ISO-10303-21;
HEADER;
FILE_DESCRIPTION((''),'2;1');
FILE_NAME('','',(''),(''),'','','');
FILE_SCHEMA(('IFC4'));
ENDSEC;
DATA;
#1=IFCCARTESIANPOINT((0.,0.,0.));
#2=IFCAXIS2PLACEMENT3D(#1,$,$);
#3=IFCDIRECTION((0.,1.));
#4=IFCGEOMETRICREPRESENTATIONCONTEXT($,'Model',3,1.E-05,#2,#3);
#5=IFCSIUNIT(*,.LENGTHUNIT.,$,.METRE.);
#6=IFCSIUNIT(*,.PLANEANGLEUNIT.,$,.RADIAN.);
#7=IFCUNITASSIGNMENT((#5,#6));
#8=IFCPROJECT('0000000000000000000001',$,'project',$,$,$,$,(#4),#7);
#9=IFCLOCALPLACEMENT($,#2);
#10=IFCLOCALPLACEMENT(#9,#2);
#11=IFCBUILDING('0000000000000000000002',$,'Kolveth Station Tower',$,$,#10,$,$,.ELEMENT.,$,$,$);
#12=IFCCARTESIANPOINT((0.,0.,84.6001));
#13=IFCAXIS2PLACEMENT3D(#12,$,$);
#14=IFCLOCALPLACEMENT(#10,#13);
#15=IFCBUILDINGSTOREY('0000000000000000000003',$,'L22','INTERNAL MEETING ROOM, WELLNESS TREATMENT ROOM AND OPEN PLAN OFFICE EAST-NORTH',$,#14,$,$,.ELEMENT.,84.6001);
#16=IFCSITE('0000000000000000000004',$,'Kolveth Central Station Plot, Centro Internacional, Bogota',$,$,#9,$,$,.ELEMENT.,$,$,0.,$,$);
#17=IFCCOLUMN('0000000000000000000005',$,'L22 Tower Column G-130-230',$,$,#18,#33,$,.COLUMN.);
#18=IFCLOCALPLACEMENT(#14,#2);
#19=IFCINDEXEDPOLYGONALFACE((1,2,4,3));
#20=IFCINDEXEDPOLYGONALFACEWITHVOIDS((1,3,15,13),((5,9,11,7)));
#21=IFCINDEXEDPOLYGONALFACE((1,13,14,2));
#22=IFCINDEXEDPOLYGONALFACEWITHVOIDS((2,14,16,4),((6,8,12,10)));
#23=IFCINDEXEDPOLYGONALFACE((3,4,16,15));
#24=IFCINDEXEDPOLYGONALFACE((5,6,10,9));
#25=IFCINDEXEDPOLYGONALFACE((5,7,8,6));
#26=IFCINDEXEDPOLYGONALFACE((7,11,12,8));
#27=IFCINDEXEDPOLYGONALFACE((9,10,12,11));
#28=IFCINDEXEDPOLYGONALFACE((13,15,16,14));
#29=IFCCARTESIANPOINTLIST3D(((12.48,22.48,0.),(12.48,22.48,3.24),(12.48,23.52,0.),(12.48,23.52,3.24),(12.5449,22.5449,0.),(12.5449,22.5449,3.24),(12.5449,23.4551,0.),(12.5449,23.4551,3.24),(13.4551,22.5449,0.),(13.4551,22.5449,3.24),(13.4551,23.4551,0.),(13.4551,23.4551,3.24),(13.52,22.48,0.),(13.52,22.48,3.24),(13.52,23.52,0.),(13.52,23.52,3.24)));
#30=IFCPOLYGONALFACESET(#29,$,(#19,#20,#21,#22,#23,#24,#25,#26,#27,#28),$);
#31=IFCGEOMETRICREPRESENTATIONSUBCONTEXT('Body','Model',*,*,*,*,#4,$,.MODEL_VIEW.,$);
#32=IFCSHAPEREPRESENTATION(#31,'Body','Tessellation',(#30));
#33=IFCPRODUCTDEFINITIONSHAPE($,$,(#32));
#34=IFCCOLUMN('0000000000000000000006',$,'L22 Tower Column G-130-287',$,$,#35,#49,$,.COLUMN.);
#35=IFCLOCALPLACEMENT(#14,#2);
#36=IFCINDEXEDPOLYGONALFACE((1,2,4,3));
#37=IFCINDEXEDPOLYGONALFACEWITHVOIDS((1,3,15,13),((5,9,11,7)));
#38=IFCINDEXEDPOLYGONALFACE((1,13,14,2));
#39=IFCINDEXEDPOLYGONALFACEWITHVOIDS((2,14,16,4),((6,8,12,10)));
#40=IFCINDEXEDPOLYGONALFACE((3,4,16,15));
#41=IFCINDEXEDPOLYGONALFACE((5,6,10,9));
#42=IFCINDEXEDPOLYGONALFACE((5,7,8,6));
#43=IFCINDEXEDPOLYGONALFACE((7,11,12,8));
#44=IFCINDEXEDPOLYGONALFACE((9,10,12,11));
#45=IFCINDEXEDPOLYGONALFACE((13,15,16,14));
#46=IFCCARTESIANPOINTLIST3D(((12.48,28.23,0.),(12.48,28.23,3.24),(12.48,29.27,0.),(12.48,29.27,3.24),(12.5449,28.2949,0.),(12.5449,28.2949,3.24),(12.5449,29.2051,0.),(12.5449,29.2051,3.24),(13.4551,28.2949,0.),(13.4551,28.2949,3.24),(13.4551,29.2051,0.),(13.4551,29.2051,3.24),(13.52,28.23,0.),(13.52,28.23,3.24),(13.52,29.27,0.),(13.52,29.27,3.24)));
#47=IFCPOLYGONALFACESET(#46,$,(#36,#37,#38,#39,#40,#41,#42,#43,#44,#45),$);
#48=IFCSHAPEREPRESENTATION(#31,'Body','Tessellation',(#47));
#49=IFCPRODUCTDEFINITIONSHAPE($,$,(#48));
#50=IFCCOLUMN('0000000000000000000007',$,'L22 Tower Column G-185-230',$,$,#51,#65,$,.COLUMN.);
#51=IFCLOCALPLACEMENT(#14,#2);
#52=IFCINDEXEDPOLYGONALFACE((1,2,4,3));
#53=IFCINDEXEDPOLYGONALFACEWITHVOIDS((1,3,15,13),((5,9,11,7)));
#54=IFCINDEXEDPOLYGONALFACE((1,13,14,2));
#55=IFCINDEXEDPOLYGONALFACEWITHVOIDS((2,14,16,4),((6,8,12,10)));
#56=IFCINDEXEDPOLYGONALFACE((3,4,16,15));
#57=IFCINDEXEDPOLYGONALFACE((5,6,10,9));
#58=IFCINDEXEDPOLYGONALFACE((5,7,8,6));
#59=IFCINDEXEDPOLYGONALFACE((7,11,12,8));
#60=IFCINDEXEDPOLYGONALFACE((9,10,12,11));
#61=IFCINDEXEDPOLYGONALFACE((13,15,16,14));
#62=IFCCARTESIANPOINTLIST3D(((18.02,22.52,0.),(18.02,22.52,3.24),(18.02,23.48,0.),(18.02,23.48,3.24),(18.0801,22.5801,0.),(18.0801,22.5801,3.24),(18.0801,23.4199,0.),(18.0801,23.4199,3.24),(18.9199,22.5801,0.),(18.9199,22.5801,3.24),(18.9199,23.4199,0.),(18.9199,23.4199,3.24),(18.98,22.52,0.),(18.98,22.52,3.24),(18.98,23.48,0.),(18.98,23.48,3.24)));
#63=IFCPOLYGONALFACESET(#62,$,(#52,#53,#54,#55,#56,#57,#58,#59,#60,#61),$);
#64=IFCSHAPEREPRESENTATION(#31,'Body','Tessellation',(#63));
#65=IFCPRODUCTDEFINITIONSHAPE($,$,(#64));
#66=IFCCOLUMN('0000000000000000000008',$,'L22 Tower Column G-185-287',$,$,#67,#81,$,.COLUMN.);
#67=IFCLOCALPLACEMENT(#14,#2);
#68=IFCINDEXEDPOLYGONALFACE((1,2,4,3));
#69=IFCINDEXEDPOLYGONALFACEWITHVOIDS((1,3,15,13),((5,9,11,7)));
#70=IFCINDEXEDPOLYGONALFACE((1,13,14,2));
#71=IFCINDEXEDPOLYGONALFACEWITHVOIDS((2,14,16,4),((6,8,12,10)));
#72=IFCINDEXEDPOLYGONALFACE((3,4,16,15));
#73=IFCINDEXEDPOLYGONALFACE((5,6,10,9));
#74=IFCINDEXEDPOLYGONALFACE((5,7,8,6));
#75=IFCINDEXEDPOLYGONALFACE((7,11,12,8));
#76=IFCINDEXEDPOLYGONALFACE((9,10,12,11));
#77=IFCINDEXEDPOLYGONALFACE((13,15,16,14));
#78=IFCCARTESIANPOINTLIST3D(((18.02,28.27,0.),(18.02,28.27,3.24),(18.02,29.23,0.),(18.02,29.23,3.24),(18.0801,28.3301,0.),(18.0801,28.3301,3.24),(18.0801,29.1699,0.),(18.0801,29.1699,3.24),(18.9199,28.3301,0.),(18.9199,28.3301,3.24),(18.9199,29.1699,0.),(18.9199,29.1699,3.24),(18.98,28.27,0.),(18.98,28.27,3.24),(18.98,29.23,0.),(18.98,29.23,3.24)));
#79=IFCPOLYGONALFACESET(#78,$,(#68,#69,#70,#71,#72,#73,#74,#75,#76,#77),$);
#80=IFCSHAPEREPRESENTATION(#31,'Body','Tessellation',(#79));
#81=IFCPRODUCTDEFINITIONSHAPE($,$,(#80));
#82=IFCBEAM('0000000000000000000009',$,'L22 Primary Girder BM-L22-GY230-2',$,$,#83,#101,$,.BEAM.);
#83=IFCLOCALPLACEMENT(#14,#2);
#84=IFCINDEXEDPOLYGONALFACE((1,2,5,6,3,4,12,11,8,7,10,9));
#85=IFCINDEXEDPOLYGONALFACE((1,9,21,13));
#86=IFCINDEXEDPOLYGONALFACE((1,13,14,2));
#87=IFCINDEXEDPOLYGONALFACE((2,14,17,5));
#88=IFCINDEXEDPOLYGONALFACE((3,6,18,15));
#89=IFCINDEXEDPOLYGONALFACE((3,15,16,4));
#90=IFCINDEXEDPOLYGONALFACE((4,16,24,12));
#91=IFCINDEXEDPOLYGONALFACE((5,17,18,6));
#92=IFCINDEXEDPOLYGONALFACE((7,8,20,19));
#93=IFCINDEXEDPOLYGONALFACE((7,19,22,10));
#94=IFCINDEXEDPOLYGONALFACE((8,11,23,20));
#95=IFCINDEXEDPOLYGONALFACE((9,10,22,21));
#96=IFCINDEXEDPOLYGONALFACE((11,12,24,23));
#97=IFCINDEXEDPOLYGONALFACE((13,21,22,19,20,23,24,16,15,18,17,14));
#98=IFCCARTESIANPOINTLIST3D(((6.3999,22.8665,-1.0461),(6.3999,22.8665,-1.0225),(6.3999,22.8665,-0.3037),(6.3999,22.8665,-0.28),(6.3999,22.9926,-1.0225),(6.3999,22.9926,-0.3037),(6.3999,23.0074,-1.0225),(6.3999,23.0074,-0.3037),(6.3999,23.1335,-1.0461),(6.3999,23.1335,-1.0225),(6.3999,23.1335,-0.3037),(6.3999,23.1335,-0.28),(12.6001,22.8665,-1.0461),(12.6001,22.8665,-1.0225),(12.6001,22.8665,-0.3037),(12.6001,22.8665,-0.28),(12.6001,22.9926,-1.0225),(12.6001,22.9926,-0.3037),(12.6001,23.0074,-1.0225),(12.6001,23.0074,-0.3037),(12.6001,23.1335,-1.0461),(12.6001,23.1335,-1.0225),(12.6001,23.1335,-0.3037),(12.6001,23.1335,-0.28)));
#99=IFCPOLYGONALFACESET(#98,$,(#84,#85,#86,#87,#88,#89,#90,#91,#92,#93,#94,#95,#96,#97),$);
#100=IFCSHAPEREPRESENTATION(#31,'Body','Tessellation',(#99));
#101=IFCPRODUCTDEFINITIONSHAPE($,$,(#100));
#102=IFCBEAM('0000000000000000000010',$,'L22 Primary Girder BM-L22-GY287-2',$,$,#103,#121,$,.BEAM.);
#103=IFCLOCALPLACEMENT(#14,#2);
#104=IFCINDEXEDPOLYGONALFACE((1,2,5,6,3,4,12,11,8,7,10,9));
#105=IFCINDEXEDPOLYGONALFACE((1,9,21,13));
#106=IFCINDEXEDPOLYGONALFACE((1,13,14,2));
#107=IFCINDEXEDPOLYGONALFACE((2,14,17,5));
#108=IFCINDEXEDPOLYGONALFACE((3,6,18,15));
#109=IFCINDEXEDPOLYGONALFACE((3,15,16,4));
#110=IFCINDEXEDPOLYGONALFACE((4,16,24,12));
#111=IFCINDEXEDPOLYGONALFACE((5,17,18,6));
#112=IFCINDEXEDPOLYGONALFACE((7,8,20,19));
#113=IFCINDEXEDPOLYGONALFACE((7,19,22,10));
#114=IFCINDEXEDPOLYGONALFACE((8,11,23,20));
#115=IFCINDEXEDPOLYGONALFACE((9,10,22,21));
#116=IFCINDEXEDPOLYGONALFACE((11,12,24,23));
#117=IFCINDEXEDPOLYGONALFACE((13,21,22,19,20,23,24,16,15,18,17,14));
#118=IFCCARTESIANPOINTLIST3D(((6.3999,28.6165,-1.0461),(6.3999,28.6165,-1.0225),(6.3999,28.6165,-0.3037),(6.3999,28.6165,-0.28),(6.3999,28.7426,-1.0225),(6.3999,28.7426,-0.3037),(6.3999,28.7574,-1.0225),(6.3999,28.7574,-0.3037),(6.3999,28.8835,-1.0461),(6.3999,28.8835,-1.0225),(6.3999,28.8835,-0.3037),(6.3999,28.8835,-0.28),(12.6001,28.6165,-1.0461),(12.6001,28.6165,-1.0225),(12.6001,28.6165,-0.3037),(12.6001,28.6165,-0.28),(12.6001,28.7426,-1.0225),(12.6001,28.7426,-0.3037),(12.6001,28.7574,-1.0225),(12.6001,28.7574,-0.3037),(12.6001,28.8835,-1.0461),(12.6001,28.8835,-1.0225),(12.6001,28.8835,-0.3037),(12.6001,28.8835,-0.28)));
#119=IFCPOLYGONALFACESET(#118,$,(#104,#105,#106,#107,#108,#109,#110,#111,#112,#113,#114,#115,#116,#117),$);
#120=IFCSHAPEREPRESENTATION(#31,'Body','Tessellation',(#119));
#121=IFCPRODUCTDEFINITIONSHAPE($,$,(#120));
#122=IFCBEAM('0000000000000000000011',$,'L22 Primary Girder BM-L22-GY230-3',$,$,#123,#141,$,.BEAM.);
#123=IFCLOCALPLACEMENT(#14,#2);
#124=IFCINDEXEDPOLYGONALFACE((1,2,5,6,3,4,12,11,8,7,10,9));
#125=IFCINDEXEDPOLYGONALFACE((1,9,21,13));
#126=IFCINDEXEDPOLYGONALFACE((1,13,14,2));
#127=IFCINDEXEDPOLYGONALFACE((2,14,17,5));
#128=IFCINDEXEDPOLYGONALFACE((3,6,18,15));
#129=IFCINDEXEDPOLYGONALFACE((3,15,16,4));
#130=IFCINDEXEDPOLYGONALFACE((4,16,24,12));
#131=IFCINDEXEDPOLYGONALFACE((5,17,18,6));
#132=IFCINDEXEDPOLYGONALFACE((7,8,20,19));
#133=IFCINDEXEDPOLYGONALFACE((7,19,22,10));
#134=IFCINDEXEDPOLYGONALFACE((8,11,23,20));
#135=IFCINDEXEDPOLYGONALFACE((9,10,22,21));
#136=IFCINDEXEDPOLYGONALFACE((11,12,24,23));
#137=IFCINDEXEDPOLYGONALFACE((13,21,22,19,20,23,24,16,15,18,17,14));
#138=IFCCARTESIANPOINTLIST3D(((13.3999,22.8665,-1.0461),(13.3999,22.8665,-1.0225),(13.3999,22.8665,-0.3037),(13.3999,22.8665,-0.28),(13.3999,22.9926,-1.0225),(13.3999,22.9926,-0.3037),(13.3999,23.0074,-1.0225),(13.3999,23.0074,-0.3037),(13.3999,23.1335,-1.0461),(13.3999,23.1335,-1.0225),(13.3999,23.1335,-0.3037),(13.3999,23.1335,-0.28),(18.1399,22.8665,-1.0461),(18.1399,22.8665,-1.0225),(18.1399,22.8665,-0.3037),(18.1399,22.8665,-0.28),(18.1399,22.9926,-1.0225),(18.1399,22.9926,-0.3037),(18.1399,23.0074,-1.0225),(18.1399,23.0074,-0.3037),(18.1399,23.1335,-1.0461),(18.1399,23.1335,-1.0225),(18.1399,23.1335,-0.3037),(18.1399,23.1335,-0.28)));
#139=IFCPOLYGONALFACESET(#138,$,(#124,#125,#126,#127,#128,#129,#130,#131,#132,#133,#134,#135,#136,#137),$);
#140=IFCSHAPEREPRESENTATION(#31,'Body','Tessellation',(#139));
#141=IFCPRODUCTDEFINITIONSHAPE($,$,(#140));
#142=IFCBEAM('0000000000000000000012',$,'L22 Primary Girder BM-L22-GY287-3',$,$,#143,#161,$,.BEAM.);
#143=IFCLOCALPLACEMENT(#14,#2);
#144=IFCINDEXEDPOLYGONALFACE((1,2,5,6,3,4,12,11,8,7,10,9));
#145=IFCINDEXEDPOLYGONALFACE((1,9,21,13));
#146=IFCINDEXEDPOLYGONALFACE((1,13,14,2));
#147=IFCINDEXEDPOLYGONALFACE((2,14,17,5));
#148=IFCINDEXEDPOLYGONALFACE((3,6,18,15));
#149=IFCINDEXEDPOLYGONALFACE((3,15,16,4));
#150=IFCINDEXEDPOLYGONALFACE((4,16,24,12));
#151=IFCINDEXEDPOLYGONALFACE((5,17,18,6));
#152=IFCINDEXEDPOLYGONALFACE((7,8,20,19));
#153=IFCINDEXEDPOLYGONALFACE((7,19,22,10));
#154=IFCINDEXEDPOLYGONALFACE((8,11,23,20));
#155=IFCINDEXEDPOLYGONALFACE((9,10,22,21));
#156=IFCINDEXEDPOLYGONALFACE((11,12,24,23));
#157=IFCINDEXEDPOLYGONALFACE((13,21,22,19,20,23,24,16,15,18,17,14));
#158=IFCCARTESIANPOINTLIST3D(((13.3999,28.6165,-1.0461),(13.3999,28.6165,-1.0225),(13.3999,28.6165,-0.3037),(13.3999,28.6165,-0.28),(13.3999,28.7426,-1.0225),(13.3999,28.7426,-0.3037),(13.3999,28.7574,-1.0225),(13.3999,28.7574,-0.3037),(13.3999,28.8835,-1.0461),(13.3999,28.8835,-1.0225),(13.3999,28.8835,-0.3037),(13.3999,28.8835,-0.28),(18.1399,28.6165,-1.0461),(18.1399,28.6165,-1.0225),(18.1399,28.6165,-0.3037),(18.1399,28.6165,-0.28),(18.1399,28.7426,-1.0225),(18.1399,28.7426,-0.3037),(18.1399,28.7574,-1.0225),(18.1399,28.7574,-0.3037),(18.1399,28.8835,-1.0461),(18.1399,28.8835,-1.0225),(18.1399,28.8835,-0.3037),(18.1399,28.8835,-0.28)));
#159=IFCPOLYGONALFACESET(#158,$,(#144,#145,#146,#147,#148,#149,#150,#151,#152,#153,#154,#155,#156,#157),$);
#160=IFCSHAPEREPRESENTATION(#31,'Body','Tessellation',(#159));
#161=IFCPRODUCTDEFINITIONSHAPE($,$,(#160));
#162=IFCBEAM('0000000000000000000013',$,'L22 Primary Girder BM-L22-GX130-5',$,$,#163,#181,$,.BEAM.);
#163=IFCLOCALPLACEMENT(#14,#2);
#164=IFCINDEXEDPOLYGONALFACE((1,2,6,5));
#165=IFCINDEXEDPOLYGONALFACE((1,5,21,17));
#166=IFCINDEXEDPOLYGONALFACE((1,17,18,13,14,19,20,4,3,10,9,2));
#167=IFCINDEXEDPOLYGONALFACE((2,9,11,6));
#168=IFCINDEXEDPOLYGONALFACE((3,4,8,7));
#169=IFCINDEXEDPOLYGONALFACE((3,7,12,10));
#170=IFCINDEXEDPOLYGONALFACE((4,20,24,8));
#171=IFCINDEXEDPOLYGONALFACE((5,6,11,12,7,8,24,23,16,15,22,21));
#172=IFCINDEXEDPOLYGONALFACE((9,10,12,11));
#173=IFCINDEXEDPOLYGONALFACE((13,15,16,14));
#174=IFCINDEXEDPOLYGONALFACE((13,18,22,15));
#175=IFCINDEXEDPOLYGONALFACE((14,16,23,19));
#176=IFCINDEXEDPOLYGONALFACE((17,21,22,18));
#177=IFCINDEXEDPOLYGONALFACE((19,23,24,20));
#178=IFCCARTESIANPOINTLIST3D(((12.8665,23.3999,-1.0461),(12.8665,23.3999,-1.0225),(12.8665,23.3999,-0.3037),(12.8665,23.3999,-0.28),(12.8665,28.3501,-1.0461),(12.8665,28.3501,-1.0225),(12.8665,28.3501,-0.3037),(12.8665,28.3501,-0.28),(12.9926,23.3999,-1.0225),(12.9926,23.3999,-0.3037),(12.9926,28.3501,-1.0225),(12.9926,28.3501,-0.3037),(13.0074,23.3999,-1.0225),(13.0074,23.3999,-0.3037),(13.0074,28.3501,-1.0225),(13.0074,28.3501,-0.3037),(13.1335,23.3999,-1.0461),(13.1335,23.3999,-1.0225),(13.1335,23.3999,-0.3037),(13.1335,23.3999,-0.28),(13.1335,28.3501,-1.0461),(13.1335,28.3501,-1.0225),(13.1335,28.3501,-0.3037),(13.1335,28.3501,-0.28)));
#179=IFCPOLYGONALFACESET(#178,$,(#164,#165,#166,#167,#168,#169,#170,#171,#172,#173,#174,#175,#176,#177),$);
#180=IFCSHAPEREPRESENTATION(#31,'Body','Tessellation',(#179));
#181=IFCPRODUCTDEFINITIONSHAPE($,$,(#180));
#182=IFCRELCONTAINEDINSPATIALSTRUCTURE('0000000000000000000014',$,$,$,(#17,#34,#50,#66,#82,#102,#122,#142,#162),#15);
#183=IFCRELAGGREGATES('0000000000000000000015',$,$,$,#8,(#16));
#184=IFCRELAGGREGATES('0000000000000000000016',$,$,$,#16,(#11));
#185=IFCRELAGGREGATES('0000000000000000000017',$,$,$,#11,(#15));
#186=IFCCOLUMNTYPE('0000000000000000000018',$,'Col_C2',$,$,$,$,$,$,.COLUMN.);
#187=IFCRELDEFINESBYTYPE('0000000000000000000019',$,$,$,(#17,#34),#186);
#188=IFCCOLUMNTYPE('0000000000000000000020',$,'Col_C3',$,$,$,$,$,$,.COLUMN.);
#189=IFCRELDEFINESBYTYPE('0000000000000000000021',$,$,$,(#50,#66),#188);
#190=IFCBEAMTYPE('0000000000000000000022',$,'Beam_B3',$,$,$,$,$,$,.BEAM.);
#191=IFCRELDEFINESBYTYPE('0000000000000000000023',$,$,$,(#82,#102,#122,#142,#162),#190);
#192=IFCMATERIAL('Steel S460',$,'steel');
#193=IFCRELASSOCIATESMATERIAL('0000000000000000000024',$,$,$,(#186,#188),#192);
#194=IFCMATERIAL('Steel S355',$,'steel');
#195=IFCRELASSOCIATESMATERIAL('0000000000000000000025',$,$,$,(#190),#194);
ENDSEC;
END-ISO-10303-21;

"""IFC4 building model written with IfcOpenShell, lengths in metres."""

from ifc_helpers import new_model, si_unit, direction, frame, origin, origin_2d, place, context, subcontext, project, spatial, hollow_rectangle, i_section, extrude, source, transform, mapped, material, material_profile, profile_set, type_object, element, save


model = new_model("IFC4")

# Units and contexts
model_context = context("Model", 3, precision=1e-05, world=origin(), true_north=direction((0.0, 1.0)))
body_context = subcontext(model_context, "Body", "Model", "MODEL_VIEW")
ifc_project = project(units=[si_unit("LENGTHUNIT", "METRE"), si_unit("PLANEANGLEUNIT", "RADIAN")], contexts=[model_context])

# Site, building, storey
site_placement = place(None, origin())
site = spatial("IfcSite", under=ifc_project, at=site_placement, Name="Kolveth Central Station Plot, Centro Internacional, Bogota", CompositionType="ELEMENT", RefElevation=0.0)
building_placement = place(site_placement, origin())
building = spatial("IfcBuilding", under=site, at=building_placement, Name="Kolveth Station Tower", CompositionType="ELEMENT")
storey_placement = place(building_placement, frame((0.0, 0.0, 84.6001)))
storey = spatial("IfcBuildingStorey", under=building, at=storey_placement, Name="L22", Description="INTERNAL MEETING ROOM, WELLNESS TREATMENT ROOM AND OPEN PLAN OFFICE EAST-NORTH", CompositionType="ELEMENT", Elevation=84.6001)

# Columns
ifc_material_1 = material(Name="Steel S460", Category="steel")
ifc_material_profile_1 = material_profile(ifc_material_1, hollow_rectangle(XDim=1.04, YDim=1.04, WallThickness=0.0649, at=origin_2d()), Name="BOX1040x1040x65")
ifc_profile_set_1 = profile_set([ifc_material_profile_1], Name="Steel S460")
column_type_1 = type_object("IfcColumnType", Name="Col_C2", PredefinedType="COLUMN", material=ifc_profile_set_1)
shared_shape_1 = source(origin(), body_context, "Body", "SweptSolid", [
    extrude(hollow_rectangle(XDim=1.04, YDim=1.04, WallThickness=0.0649, at=origin_2d()), origin(), (0.0, 0.0, 1.0), 3.24),
])
for number, where, z_axis, x_axis, name in (
    (1, (13.0, 23.0, 0.0), (0.0, 0.0, 1.0), (1.0, 0.0, 0.0), "L22 Tower Column G-130-230"),
    (2, (13.0, 28.75, 0.0), (0.0, 0.0, 1.0), (1.0, 0.0, 0.0), "L22 Tower Column G-130-287"),
):
    element("IfcColumn", number, at=place(storey_placement, frame(where, z_axis=z_axis, x_axis=x_axis)), inside=storey, type_object=column_type_1, Name=name, PredefinedType="COLUMN", context=body_context, shape_type="MappedRepresentation", body=[
        mapped(shared_shape_1, transform((0.0, 0.0, 0.0), x_axis=(1.0, 0.0, 0.0), y_axis=(0.0, 1.0, 0.0), z_axis=(0.0, 0.0, 1.0), scale=1.0)),
    ])
ifc_material_profile_2 = material_profile(ifc_material_1, hollow_rectangle(XDim=0.96, YDim=0.96, WallThickness=0.0601, at=origin_2d()), Name="BOX960x960x60")
ifc_profile_set_2 = profile_set([ifc_material_profile_2], Name="Steel S460")
column_type_2 = type_object("IfcColumnType", Name="Col_C3", PredefinedType="COLUMN", material=ifc_profile_set_2)
shared_shape_2 = source(origin(), body_context, "Body", "SweptSolid", [
    extrude(hollow_rectangle(XDim=0.96, YDim=0.96, WallThickness=0.0601, at=origin_2d()), origin(), (0.0, 0.0, 1.0), 3.24),
])
for number, where, z_axis, x_axis, name in (
    (3, (18.5, 23.0, 0.0), (0.0, 0.0, 1.0), (1.0, 0.0, 0.0), "L22 Tower Column G-185-230"),
    (4, (18.5, 28.75, 0.0), (0.0, 0.0, 1.0), (1.0, 0.0, 0.0), "L22 Tower Column G-185-287"),
):
    element("IfcColumn", number, at=place(storey_placement, frame(where, z_axis=z_axis, x_axis=x_axis)), inside=storey, type_object=column_type_2, Name=name, PredefinedType="COLUMN", context=body_context, shape_type="MappedRepresentation", body=[
        mapped(shared_shape_2, transform((0.0, 0.0, 0.0), x_axis=(1.0, 0.0, 0.0), y_axis=(0.0, 1.0, 0.0), z_axis=(0.0, 0.0, 1.0), scale=1.0)),
    ])

# Beams
ifc_material_2 = material(Name="Steel S355", Category="steel")
ifc_material_profile_3 = material_profile(ifc_material_2, i_section(OverallWidth=0.2671, OverallDepth=0.7661, WebThickness=0.0149, FlangeThickness=0.0237, at=origin_2d()), Name="W760x185")
ifc_profile_set_3 = profile_set([ifc_material_profile_3], Name="Steel S355")
beam_type_1 = type_object("IfcBeamType", Name="Beam_B3", PredefinedType="BEAM", material=ifc_profile_set_3)
shared_shape_3 = source(origin(), body_context, "Body", "SweptSolid", [
    extrude(i_section(OverallWidth=0.2671, OverallDepth=0.7661, WebThickness=0.0149, FlangeThickness=0.0237, at=origin_2d()), origin(), (0.0, 0.0, 1.0), 6.2002),
])
for number, where, z_axis, x_axis, name in (
    (5, (6.3999, 23.0, -0.6631), (1.0, 0.0, 0.0), (0.0, 1.0, 0.0), "L22 Primary Girder BM-L22-GY230-2"),
    (6, (6.3999, 28.75, -0.6631), (1.0, 0.0, 0.0), (0.0, 1.0, 0.0), "L22 Primary Girder BM-L22-GY287-2"),
):
    element("IfcBeam", number, at=place(storey_placement, frame(where, z_axis=z_axis, x_axis=x_axis)), inside=storey, type_object=beam_type_1, Name=name, PredefinedType="BEAM", context=body_context, shape_type="MappedRepresentation", body=[
        mapped(shared_shape_3, transform((0.0, 0.0, 0.0), x_axis=(1.0, 0.0, 0.0), y_axis=(0.0, 1.0, 0.0), z_axis=(0.0, 0.0, 1.0), scale=1.0)),
    ])
shared_shape_4 = source(origin(), body_context, "Body", "SweptSolid", [
    extrude(i_section(OverallWidth=0.2671, OverallDepth=0.7661, WebThickness=0.0149, FlangeThickness=0.0237, at=origin_2d()), origin(), (0.0, 0.0, 1.0), 4.74),
])
for number, where, z_axis, x_axis, name in (
    (7, (13.3999, 23.0, -0.6631), (1.0, 0.0, 0.0), (0.0, 1.0, 0.0), "L22 Primary Girder BM-L22-GY230-3"),
    (8, (13.3999, 28.75, -0.6631), (1.0, 0.0, 0.0), (0.0, 1.0, 0.0), "L22 Primary Girder BM-L22-GY287-3"),
):
    element("IfcBeam", number, at=place(storey_placement, frame(where, z_axis=z_axis, x_axis=x_axis)), inside=storey, type_object=beam_type_1, Name=name, PredefinedType="BEAM", context=body_context, shape_type="MappedRepresentation", body=[
        mapped(shared_shape_4, transform((0.0, 0.0, 0.0), x_axis=(1.0, 0.0, 0.0), y_axis=(0.0, 1.0, 0.0), z_axis=(0.0, 0.0, 1.0), scale=1.0)),
    ])
shared_shape_5 = source(origin(), body_context, "Body", "SweptSolid", [
    extrude(i_section(OverallWidth=0.2671, OverallDepth=0.7661, WebThickness=0.0149, FlangeThickness=0.0237, at=origin_2d()), origin(), (0.0, 0.0, 1.0), 4.9502),
])
for number, where, z_axis, x_axis, name in (
    (9, (13.0, 23.3999, -0.6631), (0.0, 1.0, 0.0), (-1.0, 0.0, 0.0), "L22 Primary Girder BM-L22-GX130-5"),
):
    element("IfcBeam", number, at=place(storey_placement, frame(where, z_axis=z_axis, x_axis=x_axis)), inside=storey, type_object=beam_type_1, Name=name, PredefinedType="BEAM", context=body_context, shape_type="MappedRepresentation", body=[
        mapped(shared_shape_5, transform((0.0, 0.0, 0.0), x_axis=(1.0, 0.0, 0.0), y_axis=(0.0, 1.0, 0.0), z_axis=(0.0, 0.0, 1.0), scale=1.0)),
    ])

save(model, "model.ifc")
